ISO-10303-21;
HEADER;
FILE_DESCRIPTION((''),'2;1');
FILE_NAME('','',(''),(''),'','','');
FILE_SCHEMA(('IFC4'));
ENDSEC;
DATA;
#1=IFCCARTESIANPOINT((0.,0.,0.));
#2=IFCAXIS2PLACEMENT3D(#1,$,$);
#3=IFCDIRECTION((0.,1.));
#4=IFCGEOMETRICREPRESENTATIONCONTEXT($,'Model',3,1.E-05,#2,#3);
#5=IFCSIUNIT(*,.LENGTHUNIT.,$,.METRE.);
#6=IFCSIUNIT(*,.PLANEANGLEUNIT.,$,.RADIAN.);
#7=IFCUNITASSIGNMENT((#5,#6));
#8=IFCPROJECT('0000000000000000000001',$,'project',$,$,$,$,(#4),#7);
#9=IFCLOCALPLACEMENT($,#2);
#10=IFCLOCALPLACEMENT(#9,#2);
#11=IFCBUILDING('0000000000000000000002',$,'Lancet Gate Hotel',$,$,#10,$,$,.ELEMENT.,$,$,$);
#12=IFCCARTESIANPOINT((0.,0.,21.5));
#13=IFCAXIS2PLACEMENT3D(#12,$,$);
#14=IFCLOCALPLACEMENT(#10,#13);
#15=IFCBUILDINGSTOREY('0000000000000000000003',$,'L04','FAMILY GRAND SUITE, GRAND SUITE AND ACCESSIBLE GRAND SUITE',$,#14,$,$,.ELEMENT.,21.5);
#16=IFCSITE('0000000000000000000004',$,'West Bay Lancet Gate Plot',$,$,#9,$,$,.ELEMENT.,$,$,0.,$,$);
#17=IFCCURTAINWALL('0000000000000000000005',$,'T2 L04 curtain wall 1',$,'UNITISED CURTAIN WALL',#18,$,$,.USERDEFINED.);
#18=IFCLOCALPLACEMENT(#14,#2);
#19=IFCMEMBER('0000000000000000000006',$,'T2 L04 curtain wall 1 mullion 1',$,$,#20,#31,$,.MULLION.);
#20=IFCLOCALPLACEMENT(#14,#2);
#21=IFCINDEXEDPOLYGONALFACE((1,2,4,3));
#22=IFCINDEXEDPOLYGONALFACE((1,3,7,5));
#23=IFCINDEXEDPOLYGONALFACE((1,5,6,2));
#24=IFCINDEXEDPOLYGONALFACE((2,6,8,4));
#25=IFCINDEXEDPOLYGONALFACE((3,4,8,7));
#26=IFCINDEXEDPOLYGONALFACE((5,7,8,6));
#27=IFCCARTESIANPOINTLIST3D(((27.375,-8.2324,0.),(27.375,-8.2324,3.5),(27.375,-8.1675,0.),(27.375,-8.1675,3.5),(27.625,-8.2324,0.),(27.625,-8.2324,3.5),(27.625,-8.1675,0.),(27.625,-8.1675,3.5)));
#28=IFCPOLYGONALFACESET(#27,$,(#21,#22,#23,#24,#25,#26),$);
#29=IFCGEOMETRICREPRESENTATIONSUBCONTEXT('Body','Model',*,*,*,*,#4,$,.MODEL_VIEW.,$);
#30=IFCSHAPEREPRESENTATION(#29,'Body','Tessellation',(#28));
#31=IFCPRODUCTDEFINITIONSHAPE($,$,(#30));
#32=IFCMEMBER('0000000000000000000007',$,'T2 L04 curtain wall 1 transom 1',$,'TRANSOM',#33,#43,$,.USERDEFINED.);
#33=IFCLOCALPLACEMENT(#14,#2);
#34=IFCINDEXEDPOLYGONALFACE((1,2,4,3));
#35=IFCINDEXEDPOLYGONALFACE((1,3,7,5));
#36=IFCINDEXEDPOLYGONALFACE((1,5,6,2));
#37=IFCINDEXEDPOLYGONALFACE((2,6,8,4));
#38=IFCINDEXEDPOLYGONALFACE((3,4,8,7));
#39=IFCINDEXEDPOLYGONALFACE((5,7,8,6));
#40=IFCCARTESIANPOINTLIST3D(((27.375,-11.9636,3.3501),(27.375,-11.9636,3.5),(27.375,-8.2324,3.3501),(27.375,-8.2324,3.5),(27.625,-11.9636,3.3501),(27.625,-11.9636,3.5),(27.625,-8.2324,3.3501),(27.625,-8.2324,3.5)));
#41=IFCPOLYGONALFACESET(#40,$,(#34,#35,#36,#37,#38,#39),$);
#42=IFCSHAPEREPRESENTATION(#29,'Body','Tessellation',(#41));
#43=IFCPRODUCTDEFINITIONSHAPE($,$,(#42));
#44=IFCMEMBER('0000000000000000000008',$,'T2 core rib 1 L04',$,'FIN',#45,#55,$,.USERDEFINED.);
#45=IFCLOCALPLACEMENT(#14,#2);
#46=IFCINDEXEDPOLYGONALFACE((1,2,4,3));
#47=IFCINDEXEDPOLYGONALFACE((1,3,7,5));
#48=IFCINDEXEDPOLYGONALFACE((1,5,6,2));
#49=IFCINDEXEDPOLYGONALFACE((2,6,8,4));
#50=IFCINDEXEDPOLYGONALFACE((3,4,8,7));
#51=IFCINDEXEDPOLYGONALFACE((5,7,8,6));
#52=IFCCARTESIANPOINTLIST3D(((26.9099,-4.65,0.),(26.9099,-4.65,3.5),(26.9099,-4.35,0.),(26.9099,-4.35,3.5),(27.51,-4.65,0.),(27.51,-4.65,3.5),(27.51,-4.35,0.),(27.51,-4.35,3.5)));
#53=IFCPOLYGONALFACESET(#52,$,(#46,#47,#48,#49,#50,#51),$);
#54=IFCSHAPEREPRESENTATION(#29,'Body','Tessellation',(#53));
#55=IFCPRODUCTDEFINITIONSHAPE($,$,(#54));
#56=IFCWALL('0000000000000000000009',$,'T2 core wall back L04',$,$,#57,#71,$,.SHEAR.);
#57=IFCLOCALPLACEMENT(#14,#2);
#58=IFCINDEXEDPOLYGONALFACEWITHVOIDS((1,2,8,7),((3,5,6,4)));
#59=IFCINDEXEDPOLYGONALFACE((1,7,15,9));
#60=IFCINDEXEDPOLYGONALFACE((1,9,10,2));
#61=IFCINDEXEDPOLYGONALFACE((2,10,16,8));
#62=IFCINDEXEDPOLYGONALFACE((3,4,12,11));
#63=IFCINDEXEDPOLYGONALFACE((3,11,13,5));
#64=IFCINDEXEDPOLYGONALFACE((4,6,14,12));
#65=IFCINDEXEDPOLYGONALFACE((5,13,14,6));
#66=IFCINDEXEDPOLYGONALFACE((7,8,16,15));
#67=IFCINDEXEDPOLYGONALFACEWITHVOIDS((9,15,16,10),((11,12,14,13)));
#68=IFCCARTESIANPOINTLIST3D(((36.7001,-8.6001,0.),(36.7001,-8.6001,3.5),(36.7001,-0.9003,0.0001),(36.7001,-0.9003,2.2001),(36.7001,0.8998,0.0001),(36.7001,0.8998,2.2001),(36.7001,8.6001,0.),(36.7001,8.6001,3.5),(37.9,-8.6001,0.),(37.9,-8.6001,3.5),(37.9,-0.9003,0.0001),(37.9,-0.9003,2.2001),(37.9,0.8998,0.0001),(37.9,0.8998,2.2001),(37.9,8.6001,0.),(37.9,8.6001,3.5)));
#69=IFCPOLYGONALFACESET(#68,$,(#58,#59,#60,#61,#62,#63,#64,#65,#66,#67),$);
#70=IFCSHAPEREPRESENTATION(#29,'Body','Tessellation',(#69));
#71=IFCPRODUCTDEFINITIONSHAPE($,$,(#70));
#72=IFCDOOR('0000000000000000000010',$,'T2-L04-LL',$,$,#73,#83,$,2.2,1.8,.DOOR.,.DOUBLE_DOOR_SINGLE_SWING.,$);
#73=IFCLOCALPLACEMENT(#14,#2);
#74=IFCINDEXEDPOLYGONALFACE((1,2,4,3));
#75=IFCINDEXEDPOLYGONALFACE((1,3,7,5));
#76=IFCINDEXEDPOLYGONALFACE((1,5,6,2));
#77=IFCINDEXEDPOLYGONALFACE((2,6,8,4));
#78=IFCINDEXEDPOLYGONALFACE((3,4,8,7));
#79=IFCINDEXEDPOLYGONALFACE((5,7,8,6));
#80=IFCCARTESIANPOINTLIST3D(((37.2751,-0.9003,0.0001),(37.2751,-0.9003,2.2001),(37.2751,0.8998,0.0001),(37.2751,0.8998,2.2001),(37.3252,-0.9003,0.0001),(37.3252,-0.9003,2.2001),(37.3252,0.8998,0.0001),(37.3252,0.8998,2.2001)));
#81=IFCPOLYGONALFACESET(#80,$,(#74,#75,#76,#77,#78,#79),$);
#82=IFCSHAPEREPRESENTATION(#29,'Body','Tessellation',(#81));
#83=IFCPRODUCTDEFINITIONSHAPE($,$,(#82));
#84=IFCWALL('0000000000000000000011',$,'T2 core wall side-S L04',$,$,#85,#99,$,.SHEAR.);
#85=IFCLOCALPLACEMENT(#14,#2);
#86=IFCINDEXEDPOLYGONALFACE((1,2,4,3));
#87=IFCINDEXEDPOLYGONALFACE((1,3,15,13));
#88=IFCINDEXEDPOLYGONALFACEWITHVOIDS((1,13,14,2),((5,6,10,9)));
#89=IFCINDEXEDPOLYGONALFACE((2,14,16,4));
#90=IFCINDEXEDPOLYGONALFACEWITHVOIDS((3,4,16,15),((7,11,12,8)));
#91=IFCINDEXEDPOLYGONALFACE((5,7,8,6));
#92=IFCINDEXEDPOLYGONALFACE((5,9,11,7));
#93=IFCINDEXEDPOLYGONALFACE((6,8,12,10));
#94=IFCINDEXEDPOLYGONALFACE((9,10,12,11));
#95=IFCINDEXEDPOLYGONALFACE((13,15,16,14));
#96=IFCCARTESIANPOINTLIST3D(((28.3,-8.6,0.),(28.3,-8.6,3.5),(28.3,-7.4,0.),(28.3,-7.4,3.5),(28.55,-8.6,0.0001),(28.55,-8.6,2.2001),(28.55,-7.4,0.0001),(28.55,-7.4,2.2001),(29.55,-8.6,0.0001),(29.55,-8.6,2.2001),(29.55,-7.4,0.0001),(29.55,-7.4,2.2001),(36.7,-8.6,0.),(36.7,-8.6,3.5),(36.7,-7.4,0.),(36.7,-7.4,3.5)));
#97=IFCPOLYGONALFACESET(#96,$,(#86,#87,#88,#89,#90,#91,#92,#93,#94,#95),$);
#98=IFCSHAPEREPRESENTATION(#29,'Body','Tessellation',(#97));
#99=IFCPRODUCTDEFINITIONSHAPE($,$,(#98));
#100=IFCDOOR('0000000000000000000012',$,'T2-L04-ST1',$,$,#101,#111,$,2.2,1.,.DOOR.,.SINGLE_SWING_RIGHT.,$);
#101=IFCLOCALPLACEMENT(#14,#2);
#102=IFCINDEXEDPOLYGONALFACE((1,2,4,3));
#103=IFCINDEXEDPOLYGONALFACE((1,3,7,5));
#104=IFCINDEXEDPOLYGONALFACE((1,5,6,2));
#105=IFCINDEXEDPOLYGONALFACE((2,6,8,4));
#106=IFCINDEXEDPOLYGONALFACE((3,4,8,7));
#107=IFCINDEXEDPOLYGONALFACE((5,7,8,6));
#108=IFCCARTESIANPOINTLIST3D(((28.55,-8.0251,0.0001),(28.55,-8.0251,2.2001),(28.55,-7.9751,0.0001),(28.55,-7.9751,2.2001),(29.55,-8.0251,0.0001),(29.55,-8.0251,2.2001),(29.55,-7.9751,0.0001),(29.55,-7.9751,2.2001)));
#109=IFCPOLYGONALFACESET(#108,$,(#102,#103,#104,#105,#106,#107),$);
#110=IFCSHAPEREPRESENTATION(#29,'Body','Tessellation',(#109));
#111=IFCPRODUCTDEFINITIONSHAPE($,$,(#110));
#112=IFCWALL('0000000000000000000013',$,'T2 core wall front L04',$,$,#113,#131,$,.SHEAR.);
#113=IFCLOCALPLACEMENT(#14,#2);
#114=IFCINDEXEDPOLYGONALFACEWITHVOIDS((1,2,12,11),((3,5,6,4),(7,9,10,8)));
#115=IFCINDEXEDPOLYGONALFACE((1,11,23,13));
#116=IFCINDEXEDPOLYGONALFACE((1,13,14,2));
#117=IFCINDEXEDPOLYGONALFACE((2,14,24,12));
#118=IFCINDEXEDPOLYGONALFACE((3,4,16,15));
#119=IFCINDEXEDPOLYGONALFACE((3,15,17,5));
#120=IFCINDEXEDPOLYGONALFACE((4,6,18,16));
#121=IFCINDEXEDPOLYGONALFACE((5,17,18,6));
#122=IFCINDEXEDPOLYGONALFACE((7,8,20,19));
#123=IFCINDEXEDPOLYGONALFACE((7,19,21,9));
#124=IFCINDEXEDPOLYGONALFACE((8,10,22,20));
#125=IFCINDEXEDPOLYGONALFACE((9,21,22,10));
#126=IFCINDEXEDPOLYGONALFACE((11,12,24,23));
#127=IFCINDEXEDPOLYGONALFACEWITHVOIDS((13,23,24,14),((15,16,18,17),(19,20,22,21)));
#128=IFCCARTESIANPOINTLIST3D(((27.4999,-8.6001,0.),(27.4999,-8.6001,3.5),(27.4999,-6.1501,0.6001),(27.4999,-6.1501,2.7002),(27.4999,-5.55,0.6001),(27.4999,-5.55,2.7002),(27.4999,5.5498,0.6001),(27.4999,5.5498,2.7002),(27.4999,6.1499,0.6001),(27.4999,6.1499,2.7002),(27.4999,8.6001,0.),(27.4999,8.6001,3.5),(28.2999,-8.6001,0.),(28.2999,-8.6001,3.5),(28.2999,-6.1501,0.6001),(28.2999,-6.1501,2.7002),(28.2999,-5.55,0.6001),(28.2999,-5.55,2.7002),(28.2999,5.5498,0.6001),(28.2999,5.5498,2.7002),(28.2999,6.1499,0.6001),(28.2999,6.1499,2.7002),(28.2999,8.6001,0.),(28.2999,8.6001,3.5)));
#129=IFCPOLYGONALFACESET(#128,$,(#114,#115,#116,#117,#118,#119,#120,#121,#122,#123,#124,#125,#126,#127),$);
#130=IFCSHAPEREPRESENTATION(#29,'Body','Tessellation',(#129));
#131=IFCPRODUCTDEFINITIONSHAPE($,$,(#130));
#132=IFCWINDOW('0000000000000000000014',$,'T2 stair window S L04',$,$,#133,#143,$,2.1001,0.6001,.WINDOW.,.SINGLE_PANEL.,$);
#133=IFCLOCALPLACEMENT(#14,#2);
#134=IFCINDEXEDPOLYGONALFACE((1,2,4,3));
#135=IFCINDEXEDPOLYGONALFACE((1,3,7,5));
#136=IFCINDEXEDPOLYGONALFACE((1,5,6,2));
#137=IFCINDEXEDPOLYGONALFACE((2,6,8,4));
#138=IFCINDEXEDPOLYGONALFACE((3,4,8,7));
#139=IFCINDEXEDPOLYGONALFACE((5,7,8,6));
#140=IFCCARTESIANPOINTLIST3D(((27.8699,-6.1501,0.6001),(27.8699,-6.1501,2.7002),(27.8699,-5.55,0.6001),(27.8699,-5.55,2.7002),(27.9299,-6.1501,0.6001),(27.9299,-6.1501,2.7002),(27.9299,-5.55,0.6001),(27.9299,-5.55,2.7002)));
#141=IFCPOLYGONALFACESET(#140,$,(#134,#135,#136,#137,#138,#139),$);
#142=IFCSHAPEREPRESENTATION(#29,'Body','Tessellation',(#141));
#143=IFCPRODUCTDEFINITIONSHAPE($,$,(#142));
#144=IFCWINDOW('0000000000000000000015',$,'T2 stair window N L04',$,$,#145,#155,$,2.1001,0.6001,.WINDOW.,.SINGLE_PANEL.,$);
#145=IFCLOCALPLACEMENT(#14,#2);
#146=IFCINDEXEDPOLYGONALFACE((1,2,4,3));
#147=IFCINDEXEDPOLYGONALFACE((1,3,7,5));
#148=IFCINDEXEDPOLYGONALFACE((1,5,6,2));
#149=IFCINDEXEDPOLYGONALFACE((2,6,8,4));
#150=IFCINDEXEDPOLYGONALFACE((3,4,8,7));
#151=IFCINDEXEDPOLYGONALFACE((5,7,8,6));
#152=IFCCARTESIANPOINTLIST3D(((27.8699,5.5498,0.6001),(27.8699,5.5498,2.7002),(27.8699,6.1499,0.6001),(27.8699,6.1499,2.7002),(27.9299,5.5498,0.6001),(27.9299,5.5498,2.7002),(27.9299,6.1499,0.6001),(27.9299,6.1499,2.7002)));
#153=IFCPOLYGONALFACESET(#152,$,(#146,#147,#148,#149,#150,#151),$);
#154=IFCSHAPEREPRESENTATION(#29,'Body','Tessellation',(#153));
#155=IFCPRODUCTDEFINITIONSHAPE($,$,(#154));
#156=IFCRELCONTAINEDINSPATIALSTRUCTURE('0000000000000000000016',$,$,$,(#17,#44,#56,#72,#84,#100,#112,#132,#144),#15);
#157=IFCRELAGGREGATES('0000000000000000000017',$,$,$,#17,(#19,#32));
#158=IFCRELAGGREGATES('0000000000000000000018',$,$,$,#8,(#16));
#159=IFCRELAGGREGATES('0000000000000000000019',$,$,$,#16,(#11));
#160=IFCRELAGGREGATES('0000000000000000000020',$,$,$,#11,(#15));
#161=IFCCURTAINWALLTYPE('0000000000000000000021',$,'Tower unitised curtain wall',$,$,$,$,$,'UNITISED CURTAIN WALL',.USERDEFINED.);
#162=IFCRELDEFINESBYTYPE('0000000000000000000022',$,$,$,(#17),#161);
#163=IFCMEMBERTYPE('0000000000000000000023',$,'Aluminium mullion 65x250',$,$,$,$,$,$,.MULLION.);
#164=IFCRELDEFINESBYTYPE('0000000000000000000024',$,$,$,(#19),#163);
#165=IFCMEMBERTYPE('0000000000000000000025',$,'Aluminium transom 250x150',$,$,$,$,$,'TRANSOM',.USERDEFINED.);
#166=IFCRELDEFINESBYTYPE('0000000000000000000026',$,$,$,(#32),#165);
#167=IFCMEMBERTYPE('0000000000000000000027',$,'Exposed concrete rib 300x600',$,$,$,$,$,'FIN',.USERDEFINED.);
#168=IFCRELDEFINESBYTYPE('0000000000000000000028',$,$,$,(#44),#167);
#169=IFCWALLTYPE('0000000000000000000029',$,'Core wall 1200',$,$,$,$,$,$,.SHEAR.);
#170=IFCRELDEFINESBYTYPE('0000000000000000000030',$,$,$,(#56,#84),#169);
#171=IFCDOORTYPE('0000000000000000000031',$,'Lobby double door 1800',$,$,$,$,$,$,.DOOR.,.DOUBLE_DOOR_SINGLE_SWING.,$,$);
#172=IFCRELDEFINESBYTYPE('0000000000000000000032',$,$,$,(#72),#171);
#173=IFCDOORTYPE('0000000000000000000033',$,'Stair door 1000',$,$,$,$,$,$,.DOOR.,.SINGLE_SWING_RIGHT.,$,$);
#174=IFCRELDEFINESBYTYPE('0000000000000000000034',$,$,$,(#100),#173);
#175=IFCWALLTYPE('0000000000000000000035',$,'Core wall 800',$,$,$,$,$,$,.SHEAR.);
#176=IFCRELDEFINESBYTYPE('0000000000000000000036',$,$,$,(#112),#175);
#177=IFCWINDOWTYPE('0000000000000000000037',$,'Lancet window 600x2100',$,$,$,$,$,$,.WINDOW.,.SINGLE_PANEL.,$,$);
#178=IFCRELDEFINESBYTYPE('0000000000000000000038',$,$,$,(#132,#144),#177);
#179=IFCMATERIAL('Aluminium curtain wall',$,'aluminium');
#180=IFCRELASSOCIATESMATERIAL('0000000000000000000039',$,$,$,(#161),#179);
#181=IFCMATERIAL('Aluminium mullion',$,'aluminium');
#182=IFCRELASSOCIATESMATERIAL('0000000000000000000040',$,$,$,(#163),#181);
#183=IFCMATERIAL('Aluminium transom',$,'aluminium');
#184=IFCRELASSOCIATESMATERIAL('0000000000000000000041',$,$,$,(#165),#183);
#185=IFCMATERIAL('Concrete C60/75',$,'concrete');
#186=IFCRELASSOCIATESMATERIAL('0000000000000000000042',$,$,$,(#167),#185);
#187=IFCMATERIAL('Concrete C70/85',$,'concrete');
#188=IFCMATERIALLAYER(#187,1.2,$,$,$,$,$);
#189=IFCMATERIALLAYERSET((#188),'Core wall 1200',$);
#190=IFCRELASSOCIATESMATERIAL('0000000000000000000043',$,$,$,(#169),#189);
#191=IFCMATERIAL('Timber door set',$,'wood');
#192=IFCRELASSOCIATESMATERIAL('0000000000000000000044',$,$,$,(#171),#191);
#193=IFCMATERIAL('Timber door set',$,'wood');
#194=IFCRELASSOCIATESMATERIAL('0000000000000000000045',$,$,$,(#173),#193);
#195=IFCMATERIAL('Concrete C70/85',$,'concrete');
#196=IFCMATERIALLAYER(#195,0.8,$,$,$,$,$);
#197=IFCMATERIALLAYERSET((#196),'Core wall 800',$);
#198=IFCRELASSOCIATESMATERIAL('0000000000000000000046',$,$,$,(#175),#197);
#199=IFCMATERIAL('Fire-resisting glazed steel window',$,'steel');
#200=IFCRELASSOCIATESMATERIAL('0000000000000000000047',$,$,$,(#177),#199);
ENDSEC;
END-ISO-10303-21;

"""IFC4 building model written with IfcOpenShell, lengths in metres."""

from ifc_helpers import new_model, si_unit, direction, frame, frame_2d, origin, origin_2d, place, context, subcontext, project, spatial, rectangle, extrude, material, layer, layer_set, material_profile, profile_set, type_object, element, fill, aggregate, save


model = new_model("IFC4")

# Units and contexts
model_context = context("Model", 3, precision=1e-05, world=origin(), true_north=direction((0.0, 1.0)))
body_context = subcontext(model_context, "Body", "Model", "MODEL_VIEW")
ifc_project = project(units=[si_unit("LENGTHUNIT", "METRE"), si_unit("PLANEANGLEUNIT", "RADIAN")], contexts=[model_context])

# Site, building, storey
site_placement = place(None, origin())
site = spatial("IfcSite", under=ifc_project, at=site_placement, Name="West Bay Lancet Gate Plot", CompositionType="ELEMENT", RefElevation=0.0)
building_placement = place(site_placement, origin())
building = spatial("IfcBuilding", under=site, at=building_placement, Name="Lancet Gate Hotel", CompositionType="ELEMENT")
storey_placement = place(building_placement, frame((0.0, 0.0, 21.5)))
storey = spatial("IfcBuildingStorey", under=building, at=storey_placement, Name="L04", Description="FAMILY GRAND SUITE, GRAND SUITE AND ACCESSIBLE GRAND SUITE", CompositionType="ELEMENT", Elevation=21.5)

# Curtain wall, members
ifc_material_1 = material(Name="Aluminium curtain wall", Category="aluminium")
curtain_wall_type = type_object("IfcCurtainWallType", Name="Tower unitised curtain wall", ElementType="UNITISED CURTAIN WALL", PredefinedType="USERDEFINED", material=ifc_material_1)
curtain_wall_placement = place(storey_placement, origin())
curtain_wall = element("IfcCurtainWall", 1, at=curtain_wall_placement, inside=storey, type_object=curtain_wall_type, Name="T2 L04 curtain wall 1", ObjectType="UNITISED CURTAIN WALL", PredefinedType="USERDEFINED")
ifc_material_2 = material(Name="Aluminium mullion", Category="aluminium")
ifc_material_profile_1 = material_profile(ifc_material_2, rectangle(XDim=0.0649, YDim=0.25, at=origin_2d()), Name="MULLION 65x250")
ifc_profile_set_1 = profile_set([ifc_material_profile_1], Name="Aluminium mullion")
member_type_1 = type_object("IfcMemberType", Name="Aluminium mullion 65x250", PredefinedType="MULLION", material=ifc_profile_set_1)
member_1_placement = place(storey_placement, frame((27.5, -8.2, 0.0), z_axis=(0.0, 0.0, 1.0), x_axis=(0.0, -1.0, 0.0)))
member_1 = element("IfcMember", 2, at=member_1_placement, type_object=member_type_1, Name="T2 L04 curtain wall 1 mullion 1", PredefinedType="MULLION", context=body_context, shape_type="SweptSolid", body=[
    extrude(rectangle(XDim=0.0649, YDim=0.25, at=origin_2d()), origin(), (0.0, 0.0, 1.0), 3.5),
])
ifc_material_3 = material(Name="Aluminium transom", Category="aluminium")
ifc_material_profile_2 = material_profile(ifc_material_3, rectangle(XDim=0.25, YDim=0.1499, at=origin_2d()), Name="TRANSOM 250x150")
ifc_profile_set_2 = profile_set([ifc_material_profile_2], Name="Aluminium transom")
member_type_2 = type_object("IfcMemberType", Name="Aluminium transom 250x150", ElementType="TRANSOM", PredefinedType="USERDEFINED", material=ifc_profile_set_2)
member_2_placement = place(storey_placement, frame((27.5, -8.2324, 3.425), z_axis=(0.0, -1.0, 0.0), x_axis=(1.0, 0.0, 0.0)))
member_2 = element("IfcMember", 3, at=member_2_placement, type_object=member_type_2, Name="T2 L04 curtain wall 1 transom 1", ObjectType="TRANSOM", PredefinedType="USERDEFINED", context=body_context, shape_type="SweptSolid", body=[
    extrude(rectangle(XDim=0.25, YDim=0.1499, at=origin_2d()), origin(), (0.0, 0.0, 1.0), 3.7312),
])
aggregate(curtain_wall, [member_1, member_2])

# Member
ifc_material_4 = material(Name="Concrete C60/75", Category="concrete")
ifc_material_profile_3 = material_profile(ifc_material_4, rectangle(XDim=0.3, YDim=0.6001, at=origin_2d()), Name="FIN 300x600")
ifc_profile_set_3 = profile_set([ifc_material_profile_3], Name="Concrete C60/75")
member_type_3 = type_object("IfcMemberType", Name="Exposed concrete rib 300x600", ElementType="FIN", PredefinedType="USERDEFINED", material=ifc_profile_set_3)
member_3_placement = place(storey_placement, frame((27.21, -4.5, 0.0), z_axis=(0.0, 0.0, 1.0), x_axis=(0.0, 1.0, 0.0)))
element("IfcMember", 4, at=member_3_placement, inside=storey, type_object=member_type_3, Name="T2 core rib 1 L04", ObjectType="FIN", PredefinedType="USERDEFINED", context=body_context, shape_type="SweptSolid", body=[
    extrude(rectangle(XDim=0.3, YDim=0.6001, at=origin_2d()), origin(), (0.0, 0.0, 1.0), 3.5),
])

# Walls, openings, doors
ifc_material_5 = material(Name="Concrete C70/85", Category="concrete")
ifc_layer_1 = layer(ifc_material_5, 1.2)
ifc_layer_set_1 = layer_set([ifc_layer_1], Name="Core wall 1200")
wall_type_1 = type_object("IfcWallType", Name="Core wall 1200", PredefinedType="SHEAR", material=ifc_layer_set_1)
wall_1_placement = place(storey_placement, frame((37.3, -8.6001, 0.0), z_axis=(0.0, 0.0, 1.0), x_axis=(0.0, 1.0, 0.0)))
wall_1 = element("IfcWall", 5, at=wall_1_placement, inside=storey, type_object=wall_type_1, Name="T2 core wall back L04", PredefinedType="SHEAR", context=body_context, shape_type="SweptSolid", body=[
    extrude(rectangle(XDim=17.2002, YDim=1.2, at=frame_2d((8.6001, 0.0))), origin(), (0.0, 0.0, 1.0), 3.5),
])
opening_1_placement = place(wall_1_placement, frame((7.7, 0.0, 0.0)))
opening_1 = element("IfcOpeningElement", 6, at=opening_1_placement, cuts=wall_1, PredefinedType="OPENING", context=body_context, shape_type="SweptSolid", body=[
    extrude(rectangle(XDim=1.8, YDim=2.2, at=frame_2d((0.8999, 1.1001))), frame((0.0, 0.6099, 0.0), z_axis=(0.0, -1.0, 0.0), x_axis=(1.0, 0.0, 0.0)), (0.0, 0.0, 1.0), 1.22),
])
ifc_material_6 = material(Name="Timber door set", Category="wood")
door_type_1 = type_object("IfcDoorType", Name="Lobby double door 1800", OperationType="DOUBLE_DOOR_SINGLE_SWING", PredefinedType="DOOR", material=ifc_material_6)
door_1_placement = place(opening_1_placement, origin())
door_1 = element("IfcDoor", 7, at=door_1_placement, inside=storey, type_object=door_type_1, Name="T2-L04-LL", OperationType="DOUBLE_DOOR_SINGLE_SWING", OverallHeight=2.2, OverallWidth=1.8, PredefinedType="DOOR", context=body_context, shape_type="SweptSolid", body=[
    extrude(rectangle(XDim=1.8, YDim=2.2, at=frame_2d((0.8999, 1.1001))), frame((0.0, 0.0249, 0.0), z_axis=(0.0, -1.0, 0.0), x_axis=(1.0, 0.0, 0.0)), (0.0, 0.0, 1.0), 0.05),
])
fill(opening_1, door_1)
wall_2_placement = place(storey_placement, frame((28.3, -8.0, 0.0), z_axis=(0.0, 0.0, 1.0), x_axis=(1.0, 0.0, 0.0)))
wall_2 = element("IfcWall", 8, at=wall_2_placement, inside=storey, type_object=wall_type_1, Name="T2 core wall side-S L04", PredefinedType="SHEAR", context=body_context, shape_type="SweptSolid", body=[
    extrude(rectangle(XDim=8.3999, YDim=1.2, at=frame_2d((4.2, 0.0))), origin(), (0.0, 0.0, 1.0), 3.5),
])
opening_2_placement = place(wall_2_placement, frame((0.25, 0.0, 0.0)))
opening_2 = element("IfcOpeningElement", 9, at=opening_2_placement, cuts=wall_2, PredefinedType="OPENING", context=body_context, shape_type="SweptSolid", body=[
    extrude(rectangle(XDim=1.0, YDim=2.2, at=frame_2d((0.5, 1.1001))), frame((0.0, 0.6099, 0.0), z_axis=(0.0, -1.0, 0.0), x_axis=(1.0, 0.0, 0.0)), (0.0, 0.0, 1.0), 1.22),
])
ifc_material_7 = material(Name="Timber door set", Category="wood")
door_type_2 = type_object("IfcDoorType", Name="Stair door 1000", OperationType="SINGLE_SWING_RIGHT", PredefinedType="DOOR", material=ifc_material_7)
door_2_placement = place(opening_2_placement, origin())
door_2 = element("IfcDoor", 10, at=door_2_placement, inside=storey, type_object=door_type_2, Name="T2-L04-ST1", OperationType="SINGLE_SWING_RIGHT", OverallHeight=2.2, OverallWidth=1.0, PredefinedType="DOOR", context=body_context, shape_type="SweptSolid", body=[
    extrude(rectangle(XDim=1.0, YDim=2.2, at=frame_2d((0.5, 1.1001))), frame((0.0, 0.0249, 0.0), z_axis=(0.0, -1.0, 0.0), x_axis=(1.0, 0.0, 0.0)), (0.0, 0.0, 1.0), 0.05),
])
fill(opening_2, door_2)

# Wall, openings, windows
ifc_material_8 = material(Name="Concrete C70/85", Category="concrete")
ifc_layer_2 = layer(ifc_material_8, 0.8)
ifc_layer_set_2 = layer_set([ifc_layer_2], Name="Core wall 800")
wall_type_2 = type_object("IfcWallType", Name="Core wall 800", PredefinedType="SHEAR", material=ifc_layer_set_2)
wall_3_placement = place(storey_placement, frame((27.8999, -8.6001, 0.0), z_axis=(0.0, 0.0, 1.0), x_axis=(0.0, 1.0, 0.0)))
wall_3 = element("IfcWall", 11, at=wall_3_placement, inside=storey, type_object=wall_type_2, Name="T2 core wall front L04", PredefinedType="SHEAR", context=body_context, shape_type="SweptSolid", body=[
    extrude(rectangle(XDim=17.2002, YDim=0.8, at=frame_2d((8.6001, 0.0))), origin(), (0.0, 0.0, 1.0), 3.5),
])
opening_3_placement = place(wall_3_placement, frame((2.45, 0.0, 0.6001)))
opening_3 = element("IfcOpeningElement", 12, at=opening_3_placement, cuts=wall_3, PredefinedType="OPENING", context=body_context, shape_type="SweptSolid", body=[
    extrude(rectangle(XDim=0.6001, YDim=2.1001, at=frame_2d((0.3, 1.05))), frame((0.0, 0.4099, 0.0), z_axis=(0.0, -1.0, 0.0), x_axis=(1.0, 0.0, 0.0)), (0.0, 0.0, 1.0), 0.8201),
])
opening_4_placement = place(wall_3_placement, frame((14.1499, 0.0, 0.6001)))
opening_4 = element("IfcOpeningElement", 13, at=opening_4_placement, cuts=wall_3, PredefinedType="OPENING", context=body_context, shape_type="SweptSolid", body=[
    extrude(rectangle(XDim=0.6001, YDim=2.1001, at=frame_2d((0.3, 1.05))), frame((0.0, 0.4099, 0.0), z_axis=(0.0, -1.0, 0.0), x_axis=(1.0, 0.0, 0.0)), (0.0, 0.0, 1.0), 0.8201),
])
ifc_material_9 = material(Name="Fire-resisting glazed steel window", Category="steel")
window_type = type_object("IfcWindowType", Name="Lancet window 600x2100", PartitioningType="SINGLE_PANEL", PredefinedType="WINDOW", material=ifc_material_9)
window_1_placement = place(opening_3_placement, origin())
window_1 = element("IfcWindow", 14, at=window_1_placement, inside=storey, type_object=window_type, Name="T2 stair window S L04", OverallHeight=2.1001, OverallWidth=0.6001, PartitioningType="SINGLE_PANEL", PredefinedType="WINDOW", context=body_context, shape_type="SweptSolid", body=[
    extrude(rectangle(XDim=0.6001, YDim=2.1001, at=frame_2d((0.3, 1.05))), frame((0.0, 0.03, 0.0), z_axis=(0.0, -1.0, 0.0), x_axis=(1.0, 0.0, 0.0)), (0.0, 0.0, 1.0), 0.0601),
])
fill(opening_3, window_1)
window_2_placement = place(opening_4_placement, origin())
window_2 = element("IfcWindow", 15, at=window_2_placement, inside=storey, type_object=window_type, Name="T2 stair window N L04", OverallHeight=2.1001, OverallWidth=0.6001, PartitioningType="SINGLE_PANEL", PredefinedType="WINDOW", context=body_context, shape_type="SweptSolid", body=[
    extrude(rectangle(XDim=0.6001, YDim=2.1001, at=frame_2d((0.3, 1.05))), frame((0.0, 0.03, 0.0), z_axis=(0.0, -1.0, 0.0), x_axis=(1.0, 0.0, 0.0)), (0.0, 0.0, 1.0), 0.0601),
])
fill(opening_4, window_2)

save(model, "model.ifc")
